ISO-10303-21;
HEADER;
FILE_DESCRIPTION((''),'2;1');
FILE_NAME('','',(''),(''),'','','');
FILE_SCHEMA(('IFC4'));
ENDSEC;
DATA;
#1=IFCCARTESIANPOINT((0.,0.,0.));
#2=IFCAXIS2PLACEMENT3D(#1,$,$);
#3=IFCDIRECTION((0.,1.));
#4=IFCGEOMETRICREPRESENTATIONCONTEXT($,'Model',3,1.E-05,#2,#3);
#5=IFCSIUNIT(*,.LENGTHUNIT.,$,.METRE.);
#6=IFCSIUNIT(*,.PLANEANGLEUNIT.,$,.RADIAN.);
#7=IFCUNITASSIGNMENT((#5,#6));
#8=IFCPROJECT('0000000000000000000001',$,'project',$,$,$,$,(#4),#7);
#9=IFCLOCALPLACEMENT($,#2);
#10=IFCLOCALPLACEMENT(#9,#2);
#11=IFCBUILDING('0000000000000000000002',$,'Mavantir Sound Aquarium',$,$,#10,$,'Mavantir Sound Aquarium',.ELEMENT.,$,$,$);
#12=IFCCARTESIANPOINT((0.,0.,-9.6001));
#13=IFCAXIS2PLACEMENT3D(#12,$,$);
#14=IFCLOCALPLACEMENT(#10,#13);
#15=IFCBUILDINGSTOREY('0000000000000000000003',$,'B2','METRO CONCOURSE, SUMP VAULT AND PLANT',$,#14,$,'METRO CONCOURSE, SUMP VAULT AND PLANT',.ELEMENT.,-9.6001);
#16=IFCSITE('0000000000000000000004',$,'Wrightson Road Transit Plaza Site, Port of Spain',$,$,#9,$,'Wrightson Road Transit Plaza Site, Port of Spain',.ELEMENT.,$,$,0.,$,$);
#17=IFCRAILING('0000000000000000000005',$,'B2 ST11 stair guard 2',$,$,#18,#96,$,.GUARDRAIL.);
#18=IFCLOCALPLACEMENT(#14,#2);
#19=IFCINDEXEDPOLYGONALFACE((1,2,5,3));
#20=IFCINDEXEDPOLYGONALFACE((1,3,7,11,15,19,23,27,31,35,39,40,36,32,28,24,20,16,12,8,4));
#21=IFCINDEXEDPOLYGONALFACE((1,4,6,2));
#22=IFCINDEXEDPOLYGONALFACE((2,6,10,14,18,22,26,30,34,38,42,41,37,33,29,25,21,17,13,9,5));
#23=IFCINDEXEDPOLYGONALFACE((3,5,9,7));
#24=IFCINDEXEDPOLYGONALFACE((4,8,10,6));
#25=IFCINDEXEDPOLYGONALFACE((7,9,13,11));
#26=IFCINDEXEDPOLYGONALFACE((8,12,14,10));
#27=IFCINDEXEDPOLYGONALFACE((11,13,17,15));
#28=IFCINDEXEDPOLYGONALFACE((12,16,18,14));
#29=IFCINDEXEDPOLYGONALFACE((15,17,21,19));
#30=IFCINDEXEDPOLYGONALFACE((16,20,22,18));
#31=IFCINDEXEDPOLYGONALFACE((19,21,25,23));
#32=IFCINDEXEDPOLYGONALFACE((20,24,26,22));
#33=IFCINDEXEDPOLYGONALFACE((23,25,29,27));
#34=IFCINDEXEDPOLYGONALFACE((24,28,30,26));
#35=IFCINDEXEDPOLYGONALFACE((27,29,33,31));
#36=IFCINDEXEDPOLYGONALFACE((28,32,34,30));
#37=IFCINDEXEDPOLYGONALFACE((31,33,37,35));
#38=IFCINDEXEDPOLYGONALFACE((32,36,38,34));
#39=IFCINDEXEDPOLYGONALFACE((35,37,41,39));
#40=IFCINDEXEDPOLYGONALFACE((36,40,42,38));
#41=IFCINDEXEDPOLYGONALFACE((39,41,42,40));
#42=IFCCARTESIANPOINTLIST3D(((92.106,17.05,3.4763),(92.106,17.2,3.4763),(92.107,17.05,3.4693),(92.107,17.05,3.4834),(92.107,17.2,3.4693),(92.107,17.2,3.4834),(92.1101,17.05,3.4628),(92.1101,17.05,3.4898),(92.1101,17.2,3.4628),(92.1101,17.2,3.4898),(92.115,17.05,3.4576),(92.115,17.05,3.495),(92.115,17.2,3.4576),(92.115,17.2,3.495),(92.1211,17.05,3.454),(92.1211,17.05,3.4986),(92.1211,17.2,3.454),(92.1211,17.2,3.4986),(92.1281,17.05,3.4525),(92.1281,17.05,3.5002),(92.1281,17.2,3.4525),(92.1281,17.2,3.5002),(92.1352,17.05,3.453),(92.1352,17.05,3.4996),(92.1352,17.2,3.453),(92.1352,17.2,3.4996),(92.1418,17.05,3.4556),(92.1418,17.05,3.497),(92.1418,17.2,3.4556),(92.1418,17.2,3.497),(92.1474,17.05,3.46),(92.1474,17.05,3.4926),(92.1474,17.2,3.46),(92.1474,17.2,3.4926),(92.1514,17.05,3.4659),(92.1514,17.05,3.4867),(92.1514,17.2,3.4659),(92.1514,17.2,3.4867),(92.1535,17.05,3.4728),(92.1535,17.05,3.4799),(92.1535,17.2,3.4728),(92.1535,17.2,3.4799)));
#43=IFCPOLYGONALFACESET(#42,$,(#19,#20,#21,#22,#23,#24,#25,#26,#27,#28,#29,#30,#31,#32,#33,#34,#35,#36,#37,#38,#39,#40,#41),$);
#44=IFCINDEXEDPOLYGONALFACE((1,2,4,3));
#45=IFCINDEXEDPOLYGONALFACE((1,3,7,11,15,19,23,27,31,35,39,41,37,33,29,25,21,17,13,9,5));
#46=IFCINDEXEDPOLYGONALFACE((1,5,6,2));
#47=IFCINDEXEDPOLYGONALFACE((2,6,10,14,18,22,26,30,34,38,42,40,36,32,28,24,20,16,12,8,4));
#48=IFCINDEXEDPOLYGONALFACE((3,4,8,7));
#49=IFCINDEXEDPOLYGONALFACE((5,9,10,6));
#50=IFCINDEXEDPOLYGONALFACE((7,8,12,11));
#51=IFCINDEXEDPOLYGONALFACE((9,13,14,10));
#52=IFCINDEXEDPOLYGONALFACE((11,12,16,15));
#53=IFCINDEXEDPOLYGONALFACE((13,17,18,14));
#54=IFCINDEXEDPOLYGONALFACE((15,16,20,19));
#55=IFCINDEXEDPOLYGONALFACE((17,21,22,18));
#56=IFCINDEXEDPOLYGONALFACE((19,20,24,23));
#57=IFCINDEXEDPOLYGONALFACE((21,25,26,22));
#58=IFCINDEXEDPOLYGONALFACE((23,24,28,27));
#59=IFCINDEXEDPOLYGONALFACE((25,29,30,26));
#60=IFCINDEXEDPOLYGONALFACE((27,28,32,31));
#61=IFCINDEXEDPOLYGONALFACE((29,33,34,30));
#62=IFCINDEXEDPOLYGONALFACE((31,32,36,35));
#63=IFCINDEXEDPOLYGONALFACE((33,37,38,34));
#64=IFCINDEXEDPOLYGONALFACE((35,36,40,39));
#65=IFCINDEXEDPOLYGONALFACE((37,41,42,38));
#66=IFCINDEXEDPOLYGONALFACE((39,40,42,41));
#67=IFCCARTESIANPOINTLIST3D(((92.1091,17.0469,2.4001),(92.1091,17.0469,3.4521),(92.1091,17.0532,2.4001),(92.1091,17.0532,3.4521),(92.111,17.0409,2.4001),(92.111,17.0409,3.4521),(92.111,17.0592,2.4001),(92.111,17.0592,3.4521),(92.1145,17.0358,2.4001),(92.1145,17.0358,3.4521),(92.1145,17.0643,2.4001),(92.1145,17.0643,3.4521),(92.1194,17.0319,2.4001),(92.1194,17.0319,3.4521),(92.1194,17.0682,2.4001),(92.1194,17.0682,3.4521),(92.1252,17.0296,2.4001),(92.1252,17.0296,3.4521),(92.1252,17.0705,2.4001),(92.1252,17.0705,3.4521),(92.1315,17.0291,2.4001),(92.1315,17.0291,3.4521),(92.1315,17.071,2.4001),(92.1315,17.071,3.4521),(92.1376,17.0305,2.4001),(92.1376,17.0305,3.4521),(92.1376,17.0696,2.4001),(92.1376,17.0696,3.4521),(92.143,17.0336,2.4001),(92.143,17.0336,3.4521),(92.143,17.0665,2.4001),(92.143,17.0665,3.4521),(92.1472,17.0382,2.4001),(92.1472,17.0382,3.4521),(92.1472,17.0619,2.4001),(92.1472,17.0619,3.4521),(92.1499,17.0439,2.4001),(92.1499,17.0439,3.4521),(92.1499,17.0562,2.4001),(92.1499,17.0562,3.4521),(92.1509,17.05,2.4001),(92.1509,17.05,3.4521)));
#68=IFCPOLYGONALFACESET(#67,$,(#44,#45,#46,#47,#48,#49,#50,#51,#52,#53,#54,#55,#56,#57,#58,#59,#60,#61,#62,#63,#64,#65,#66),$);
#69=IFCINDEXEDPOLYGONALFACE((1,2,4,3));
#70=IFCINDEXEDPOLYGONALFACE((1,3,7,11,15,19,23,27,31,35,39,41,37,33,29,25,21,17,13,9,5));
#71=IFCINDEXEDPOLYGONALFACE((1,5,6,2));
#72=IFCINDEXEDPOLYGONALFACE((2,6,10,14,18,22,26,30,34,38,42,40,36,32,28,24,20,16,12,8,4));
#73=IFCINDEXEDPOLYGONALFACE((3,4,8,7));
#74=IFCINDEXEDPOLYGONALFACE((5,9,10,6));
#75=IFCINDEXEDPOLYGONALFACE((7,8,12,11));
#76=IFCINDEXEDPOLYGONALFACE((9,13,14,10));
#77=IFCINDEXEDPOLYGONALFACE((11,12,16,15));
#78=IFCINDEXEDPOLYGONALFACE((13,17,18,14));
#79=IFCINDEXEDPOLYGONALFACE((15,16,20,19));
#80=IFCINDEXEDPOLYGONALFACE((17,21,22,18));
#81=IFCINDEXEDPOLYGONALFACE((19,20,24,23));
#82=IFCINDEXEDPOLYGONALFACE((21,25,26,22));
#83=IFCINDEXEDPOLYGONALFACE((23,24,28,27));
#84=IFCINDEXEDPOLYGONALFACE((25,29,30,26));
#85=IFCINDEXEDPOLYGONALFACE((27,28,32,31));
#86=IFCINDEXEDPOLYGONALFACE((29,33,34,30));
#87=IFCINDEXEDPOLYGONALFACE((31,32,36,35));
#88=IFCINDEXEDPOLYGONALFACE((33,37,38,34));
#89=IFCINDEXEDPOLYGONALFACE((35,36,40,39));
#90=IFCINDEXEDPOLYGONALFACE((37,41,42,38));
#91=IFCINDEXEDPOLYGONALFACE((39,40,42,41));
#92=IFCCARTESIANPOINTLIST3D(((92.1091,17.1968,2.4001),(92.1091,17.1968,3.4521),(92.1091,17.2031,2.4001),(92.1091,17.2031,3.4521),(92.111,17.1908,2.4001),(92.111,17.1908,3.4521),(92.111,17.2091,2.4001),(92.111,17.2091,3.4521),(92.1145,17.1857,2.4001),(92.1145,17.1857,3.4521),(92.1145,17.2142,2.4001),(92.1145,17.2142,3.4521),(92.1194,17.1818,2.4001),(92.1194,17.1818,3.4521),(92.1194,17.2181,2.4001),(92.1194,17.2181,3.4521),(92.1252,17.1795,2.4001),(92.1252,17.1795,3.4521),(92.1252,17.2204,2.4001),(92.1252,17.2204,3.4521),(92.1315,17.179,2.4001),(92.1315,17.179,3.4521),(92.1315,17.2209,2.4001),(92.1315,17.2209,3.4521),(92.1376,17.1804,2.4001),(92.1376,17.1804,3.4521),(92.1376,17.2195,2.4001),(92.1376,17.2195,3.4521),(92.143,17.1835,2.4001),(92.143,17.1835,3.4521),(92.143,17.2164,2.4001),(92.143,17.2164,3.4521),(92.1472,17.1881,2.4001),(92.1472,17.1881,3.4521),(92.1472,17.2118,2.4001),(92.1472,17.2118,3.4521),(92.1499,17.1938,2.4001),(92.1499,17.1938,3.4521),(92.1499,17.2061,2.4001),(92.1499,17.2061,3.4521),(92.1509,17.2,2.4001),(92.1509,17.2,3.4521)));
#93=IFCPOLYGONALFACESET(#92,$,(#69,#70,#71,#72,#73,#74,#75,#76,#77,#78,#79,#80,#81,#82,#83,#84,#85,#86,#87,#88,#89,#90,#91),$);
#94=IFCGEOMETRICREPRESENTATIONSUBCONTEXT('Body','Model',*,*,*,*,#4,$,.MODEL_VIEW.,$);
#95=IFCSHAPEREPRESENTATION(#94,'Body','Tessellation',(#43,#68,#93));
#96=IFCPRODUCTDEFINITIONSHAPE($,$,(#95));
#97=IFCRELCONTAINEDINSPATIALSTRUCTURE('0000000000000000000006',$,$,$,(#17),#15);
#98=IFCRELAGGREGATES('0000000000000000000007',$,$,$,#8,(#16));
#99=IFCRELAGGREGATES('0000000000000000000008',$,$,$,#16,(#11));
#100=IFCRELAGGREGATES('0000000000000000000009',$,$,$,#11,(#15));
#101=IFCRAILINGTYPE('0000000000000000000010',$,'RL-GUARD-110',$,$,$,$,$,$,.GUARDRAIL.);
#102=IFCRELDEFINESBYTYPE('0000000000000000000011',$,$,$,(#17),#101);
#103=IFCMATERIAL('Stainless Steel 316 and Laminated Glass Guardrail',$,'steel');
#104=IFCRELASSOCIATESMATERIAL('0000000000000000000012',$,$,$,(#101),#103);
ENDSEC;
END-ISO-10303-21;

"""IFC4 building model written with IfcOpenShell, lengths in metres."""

from ifc_helpers import new_model, si_unit, direction, frame, origin, origin_2d, place, context, subcontext, project, spatial, circle, extrude, material, type_object, element, save


model = new_model("IFC4")

# Units and contexts
model_context = context("Model", 3, precision=1e-05, world=origin(), true_north=direction((0.0, 1.0)))
body_context = subcontext(model_context, "Body", "Model", "MODEL_VIEW")
ifc_project = project(units=[si_unit("LENGTHUNIT", "METRE"), si_unit("PLANEANGLEUNIT", "RADIAN")], contexts=[model_context])

# Site, building, storey
site_placement = place(None, origin())
site = spatial("IfcSite", under=ifc_project, at=site_placement, Name="Wrightson Road Transit Plaza Site, Port of Spain", LongName="Wrightson Road Transit Plaza Site, Port of Spain", CompositionType="ELEMENT", RefElevation=0.0)
building_placement = place(site_placement, origin())
building = spatial("IfcBuilding", under=site, at=building_placement, Name="Mavantir Sound Aquarium", LongName="Mavantir Sound Aquarium", CompositionType="ELEMENT")
storey_placement = place(building_placement, frame((0.0, 0.0, -9.6001)))
storey = spatial("IfcBuildingStorey", under=building, at=storey_placement, Name="B2", Description="METRO CONCOURSE, SUMP VAULT AND PLANT", LongName="METRO CONCOURSE, SUMP VAULT AND PLANT", CompositionType="ELEMENT", Elevation=-9.6001)

# Railing
ifc_material_1 = material(Name="Stainless Steel 316 and Laminated Glass Guardrail", Category="steel")
railing_type_1 = type_object("IfcRailingType", Name="RL-GUARD-110", PredefinedType="GUARDRAIL", material=ifc_material_1)
railing_1_placement = place(storey_placement, frame((92.1299, 17.05, 2.4001)))
element("IfcRailing", 1, at=railing_1_placement, inside=storey, type_object=railing_type_1, Name="B2 ST11 stair guard 2", PredefinedType="GUARDRAIL", context=body_context, shape_type="SweptSolid", body=[
    extrude(circle(Radius=0.0239, at=origin_2d()), frame((0.0, 0.0, 1.0762), z_axis=(0.0, 1.0, 0.0), x_axis=(-1.0, 0.0, 0.0)), (0.0, 0.0, 1.0), 0.1499),
    extrude(circle(Radius=0.021, at=origin_2d()), origin(), (0.0, 0.0, 1.0), 1.052),
    extrude(circle(Radius=0.021, at=origin_2d()), frame((0.0, 0.1499, 0.0)), (0.0, 0.0, 1.0), 1.052),
])

save(model, "model.ifc")
